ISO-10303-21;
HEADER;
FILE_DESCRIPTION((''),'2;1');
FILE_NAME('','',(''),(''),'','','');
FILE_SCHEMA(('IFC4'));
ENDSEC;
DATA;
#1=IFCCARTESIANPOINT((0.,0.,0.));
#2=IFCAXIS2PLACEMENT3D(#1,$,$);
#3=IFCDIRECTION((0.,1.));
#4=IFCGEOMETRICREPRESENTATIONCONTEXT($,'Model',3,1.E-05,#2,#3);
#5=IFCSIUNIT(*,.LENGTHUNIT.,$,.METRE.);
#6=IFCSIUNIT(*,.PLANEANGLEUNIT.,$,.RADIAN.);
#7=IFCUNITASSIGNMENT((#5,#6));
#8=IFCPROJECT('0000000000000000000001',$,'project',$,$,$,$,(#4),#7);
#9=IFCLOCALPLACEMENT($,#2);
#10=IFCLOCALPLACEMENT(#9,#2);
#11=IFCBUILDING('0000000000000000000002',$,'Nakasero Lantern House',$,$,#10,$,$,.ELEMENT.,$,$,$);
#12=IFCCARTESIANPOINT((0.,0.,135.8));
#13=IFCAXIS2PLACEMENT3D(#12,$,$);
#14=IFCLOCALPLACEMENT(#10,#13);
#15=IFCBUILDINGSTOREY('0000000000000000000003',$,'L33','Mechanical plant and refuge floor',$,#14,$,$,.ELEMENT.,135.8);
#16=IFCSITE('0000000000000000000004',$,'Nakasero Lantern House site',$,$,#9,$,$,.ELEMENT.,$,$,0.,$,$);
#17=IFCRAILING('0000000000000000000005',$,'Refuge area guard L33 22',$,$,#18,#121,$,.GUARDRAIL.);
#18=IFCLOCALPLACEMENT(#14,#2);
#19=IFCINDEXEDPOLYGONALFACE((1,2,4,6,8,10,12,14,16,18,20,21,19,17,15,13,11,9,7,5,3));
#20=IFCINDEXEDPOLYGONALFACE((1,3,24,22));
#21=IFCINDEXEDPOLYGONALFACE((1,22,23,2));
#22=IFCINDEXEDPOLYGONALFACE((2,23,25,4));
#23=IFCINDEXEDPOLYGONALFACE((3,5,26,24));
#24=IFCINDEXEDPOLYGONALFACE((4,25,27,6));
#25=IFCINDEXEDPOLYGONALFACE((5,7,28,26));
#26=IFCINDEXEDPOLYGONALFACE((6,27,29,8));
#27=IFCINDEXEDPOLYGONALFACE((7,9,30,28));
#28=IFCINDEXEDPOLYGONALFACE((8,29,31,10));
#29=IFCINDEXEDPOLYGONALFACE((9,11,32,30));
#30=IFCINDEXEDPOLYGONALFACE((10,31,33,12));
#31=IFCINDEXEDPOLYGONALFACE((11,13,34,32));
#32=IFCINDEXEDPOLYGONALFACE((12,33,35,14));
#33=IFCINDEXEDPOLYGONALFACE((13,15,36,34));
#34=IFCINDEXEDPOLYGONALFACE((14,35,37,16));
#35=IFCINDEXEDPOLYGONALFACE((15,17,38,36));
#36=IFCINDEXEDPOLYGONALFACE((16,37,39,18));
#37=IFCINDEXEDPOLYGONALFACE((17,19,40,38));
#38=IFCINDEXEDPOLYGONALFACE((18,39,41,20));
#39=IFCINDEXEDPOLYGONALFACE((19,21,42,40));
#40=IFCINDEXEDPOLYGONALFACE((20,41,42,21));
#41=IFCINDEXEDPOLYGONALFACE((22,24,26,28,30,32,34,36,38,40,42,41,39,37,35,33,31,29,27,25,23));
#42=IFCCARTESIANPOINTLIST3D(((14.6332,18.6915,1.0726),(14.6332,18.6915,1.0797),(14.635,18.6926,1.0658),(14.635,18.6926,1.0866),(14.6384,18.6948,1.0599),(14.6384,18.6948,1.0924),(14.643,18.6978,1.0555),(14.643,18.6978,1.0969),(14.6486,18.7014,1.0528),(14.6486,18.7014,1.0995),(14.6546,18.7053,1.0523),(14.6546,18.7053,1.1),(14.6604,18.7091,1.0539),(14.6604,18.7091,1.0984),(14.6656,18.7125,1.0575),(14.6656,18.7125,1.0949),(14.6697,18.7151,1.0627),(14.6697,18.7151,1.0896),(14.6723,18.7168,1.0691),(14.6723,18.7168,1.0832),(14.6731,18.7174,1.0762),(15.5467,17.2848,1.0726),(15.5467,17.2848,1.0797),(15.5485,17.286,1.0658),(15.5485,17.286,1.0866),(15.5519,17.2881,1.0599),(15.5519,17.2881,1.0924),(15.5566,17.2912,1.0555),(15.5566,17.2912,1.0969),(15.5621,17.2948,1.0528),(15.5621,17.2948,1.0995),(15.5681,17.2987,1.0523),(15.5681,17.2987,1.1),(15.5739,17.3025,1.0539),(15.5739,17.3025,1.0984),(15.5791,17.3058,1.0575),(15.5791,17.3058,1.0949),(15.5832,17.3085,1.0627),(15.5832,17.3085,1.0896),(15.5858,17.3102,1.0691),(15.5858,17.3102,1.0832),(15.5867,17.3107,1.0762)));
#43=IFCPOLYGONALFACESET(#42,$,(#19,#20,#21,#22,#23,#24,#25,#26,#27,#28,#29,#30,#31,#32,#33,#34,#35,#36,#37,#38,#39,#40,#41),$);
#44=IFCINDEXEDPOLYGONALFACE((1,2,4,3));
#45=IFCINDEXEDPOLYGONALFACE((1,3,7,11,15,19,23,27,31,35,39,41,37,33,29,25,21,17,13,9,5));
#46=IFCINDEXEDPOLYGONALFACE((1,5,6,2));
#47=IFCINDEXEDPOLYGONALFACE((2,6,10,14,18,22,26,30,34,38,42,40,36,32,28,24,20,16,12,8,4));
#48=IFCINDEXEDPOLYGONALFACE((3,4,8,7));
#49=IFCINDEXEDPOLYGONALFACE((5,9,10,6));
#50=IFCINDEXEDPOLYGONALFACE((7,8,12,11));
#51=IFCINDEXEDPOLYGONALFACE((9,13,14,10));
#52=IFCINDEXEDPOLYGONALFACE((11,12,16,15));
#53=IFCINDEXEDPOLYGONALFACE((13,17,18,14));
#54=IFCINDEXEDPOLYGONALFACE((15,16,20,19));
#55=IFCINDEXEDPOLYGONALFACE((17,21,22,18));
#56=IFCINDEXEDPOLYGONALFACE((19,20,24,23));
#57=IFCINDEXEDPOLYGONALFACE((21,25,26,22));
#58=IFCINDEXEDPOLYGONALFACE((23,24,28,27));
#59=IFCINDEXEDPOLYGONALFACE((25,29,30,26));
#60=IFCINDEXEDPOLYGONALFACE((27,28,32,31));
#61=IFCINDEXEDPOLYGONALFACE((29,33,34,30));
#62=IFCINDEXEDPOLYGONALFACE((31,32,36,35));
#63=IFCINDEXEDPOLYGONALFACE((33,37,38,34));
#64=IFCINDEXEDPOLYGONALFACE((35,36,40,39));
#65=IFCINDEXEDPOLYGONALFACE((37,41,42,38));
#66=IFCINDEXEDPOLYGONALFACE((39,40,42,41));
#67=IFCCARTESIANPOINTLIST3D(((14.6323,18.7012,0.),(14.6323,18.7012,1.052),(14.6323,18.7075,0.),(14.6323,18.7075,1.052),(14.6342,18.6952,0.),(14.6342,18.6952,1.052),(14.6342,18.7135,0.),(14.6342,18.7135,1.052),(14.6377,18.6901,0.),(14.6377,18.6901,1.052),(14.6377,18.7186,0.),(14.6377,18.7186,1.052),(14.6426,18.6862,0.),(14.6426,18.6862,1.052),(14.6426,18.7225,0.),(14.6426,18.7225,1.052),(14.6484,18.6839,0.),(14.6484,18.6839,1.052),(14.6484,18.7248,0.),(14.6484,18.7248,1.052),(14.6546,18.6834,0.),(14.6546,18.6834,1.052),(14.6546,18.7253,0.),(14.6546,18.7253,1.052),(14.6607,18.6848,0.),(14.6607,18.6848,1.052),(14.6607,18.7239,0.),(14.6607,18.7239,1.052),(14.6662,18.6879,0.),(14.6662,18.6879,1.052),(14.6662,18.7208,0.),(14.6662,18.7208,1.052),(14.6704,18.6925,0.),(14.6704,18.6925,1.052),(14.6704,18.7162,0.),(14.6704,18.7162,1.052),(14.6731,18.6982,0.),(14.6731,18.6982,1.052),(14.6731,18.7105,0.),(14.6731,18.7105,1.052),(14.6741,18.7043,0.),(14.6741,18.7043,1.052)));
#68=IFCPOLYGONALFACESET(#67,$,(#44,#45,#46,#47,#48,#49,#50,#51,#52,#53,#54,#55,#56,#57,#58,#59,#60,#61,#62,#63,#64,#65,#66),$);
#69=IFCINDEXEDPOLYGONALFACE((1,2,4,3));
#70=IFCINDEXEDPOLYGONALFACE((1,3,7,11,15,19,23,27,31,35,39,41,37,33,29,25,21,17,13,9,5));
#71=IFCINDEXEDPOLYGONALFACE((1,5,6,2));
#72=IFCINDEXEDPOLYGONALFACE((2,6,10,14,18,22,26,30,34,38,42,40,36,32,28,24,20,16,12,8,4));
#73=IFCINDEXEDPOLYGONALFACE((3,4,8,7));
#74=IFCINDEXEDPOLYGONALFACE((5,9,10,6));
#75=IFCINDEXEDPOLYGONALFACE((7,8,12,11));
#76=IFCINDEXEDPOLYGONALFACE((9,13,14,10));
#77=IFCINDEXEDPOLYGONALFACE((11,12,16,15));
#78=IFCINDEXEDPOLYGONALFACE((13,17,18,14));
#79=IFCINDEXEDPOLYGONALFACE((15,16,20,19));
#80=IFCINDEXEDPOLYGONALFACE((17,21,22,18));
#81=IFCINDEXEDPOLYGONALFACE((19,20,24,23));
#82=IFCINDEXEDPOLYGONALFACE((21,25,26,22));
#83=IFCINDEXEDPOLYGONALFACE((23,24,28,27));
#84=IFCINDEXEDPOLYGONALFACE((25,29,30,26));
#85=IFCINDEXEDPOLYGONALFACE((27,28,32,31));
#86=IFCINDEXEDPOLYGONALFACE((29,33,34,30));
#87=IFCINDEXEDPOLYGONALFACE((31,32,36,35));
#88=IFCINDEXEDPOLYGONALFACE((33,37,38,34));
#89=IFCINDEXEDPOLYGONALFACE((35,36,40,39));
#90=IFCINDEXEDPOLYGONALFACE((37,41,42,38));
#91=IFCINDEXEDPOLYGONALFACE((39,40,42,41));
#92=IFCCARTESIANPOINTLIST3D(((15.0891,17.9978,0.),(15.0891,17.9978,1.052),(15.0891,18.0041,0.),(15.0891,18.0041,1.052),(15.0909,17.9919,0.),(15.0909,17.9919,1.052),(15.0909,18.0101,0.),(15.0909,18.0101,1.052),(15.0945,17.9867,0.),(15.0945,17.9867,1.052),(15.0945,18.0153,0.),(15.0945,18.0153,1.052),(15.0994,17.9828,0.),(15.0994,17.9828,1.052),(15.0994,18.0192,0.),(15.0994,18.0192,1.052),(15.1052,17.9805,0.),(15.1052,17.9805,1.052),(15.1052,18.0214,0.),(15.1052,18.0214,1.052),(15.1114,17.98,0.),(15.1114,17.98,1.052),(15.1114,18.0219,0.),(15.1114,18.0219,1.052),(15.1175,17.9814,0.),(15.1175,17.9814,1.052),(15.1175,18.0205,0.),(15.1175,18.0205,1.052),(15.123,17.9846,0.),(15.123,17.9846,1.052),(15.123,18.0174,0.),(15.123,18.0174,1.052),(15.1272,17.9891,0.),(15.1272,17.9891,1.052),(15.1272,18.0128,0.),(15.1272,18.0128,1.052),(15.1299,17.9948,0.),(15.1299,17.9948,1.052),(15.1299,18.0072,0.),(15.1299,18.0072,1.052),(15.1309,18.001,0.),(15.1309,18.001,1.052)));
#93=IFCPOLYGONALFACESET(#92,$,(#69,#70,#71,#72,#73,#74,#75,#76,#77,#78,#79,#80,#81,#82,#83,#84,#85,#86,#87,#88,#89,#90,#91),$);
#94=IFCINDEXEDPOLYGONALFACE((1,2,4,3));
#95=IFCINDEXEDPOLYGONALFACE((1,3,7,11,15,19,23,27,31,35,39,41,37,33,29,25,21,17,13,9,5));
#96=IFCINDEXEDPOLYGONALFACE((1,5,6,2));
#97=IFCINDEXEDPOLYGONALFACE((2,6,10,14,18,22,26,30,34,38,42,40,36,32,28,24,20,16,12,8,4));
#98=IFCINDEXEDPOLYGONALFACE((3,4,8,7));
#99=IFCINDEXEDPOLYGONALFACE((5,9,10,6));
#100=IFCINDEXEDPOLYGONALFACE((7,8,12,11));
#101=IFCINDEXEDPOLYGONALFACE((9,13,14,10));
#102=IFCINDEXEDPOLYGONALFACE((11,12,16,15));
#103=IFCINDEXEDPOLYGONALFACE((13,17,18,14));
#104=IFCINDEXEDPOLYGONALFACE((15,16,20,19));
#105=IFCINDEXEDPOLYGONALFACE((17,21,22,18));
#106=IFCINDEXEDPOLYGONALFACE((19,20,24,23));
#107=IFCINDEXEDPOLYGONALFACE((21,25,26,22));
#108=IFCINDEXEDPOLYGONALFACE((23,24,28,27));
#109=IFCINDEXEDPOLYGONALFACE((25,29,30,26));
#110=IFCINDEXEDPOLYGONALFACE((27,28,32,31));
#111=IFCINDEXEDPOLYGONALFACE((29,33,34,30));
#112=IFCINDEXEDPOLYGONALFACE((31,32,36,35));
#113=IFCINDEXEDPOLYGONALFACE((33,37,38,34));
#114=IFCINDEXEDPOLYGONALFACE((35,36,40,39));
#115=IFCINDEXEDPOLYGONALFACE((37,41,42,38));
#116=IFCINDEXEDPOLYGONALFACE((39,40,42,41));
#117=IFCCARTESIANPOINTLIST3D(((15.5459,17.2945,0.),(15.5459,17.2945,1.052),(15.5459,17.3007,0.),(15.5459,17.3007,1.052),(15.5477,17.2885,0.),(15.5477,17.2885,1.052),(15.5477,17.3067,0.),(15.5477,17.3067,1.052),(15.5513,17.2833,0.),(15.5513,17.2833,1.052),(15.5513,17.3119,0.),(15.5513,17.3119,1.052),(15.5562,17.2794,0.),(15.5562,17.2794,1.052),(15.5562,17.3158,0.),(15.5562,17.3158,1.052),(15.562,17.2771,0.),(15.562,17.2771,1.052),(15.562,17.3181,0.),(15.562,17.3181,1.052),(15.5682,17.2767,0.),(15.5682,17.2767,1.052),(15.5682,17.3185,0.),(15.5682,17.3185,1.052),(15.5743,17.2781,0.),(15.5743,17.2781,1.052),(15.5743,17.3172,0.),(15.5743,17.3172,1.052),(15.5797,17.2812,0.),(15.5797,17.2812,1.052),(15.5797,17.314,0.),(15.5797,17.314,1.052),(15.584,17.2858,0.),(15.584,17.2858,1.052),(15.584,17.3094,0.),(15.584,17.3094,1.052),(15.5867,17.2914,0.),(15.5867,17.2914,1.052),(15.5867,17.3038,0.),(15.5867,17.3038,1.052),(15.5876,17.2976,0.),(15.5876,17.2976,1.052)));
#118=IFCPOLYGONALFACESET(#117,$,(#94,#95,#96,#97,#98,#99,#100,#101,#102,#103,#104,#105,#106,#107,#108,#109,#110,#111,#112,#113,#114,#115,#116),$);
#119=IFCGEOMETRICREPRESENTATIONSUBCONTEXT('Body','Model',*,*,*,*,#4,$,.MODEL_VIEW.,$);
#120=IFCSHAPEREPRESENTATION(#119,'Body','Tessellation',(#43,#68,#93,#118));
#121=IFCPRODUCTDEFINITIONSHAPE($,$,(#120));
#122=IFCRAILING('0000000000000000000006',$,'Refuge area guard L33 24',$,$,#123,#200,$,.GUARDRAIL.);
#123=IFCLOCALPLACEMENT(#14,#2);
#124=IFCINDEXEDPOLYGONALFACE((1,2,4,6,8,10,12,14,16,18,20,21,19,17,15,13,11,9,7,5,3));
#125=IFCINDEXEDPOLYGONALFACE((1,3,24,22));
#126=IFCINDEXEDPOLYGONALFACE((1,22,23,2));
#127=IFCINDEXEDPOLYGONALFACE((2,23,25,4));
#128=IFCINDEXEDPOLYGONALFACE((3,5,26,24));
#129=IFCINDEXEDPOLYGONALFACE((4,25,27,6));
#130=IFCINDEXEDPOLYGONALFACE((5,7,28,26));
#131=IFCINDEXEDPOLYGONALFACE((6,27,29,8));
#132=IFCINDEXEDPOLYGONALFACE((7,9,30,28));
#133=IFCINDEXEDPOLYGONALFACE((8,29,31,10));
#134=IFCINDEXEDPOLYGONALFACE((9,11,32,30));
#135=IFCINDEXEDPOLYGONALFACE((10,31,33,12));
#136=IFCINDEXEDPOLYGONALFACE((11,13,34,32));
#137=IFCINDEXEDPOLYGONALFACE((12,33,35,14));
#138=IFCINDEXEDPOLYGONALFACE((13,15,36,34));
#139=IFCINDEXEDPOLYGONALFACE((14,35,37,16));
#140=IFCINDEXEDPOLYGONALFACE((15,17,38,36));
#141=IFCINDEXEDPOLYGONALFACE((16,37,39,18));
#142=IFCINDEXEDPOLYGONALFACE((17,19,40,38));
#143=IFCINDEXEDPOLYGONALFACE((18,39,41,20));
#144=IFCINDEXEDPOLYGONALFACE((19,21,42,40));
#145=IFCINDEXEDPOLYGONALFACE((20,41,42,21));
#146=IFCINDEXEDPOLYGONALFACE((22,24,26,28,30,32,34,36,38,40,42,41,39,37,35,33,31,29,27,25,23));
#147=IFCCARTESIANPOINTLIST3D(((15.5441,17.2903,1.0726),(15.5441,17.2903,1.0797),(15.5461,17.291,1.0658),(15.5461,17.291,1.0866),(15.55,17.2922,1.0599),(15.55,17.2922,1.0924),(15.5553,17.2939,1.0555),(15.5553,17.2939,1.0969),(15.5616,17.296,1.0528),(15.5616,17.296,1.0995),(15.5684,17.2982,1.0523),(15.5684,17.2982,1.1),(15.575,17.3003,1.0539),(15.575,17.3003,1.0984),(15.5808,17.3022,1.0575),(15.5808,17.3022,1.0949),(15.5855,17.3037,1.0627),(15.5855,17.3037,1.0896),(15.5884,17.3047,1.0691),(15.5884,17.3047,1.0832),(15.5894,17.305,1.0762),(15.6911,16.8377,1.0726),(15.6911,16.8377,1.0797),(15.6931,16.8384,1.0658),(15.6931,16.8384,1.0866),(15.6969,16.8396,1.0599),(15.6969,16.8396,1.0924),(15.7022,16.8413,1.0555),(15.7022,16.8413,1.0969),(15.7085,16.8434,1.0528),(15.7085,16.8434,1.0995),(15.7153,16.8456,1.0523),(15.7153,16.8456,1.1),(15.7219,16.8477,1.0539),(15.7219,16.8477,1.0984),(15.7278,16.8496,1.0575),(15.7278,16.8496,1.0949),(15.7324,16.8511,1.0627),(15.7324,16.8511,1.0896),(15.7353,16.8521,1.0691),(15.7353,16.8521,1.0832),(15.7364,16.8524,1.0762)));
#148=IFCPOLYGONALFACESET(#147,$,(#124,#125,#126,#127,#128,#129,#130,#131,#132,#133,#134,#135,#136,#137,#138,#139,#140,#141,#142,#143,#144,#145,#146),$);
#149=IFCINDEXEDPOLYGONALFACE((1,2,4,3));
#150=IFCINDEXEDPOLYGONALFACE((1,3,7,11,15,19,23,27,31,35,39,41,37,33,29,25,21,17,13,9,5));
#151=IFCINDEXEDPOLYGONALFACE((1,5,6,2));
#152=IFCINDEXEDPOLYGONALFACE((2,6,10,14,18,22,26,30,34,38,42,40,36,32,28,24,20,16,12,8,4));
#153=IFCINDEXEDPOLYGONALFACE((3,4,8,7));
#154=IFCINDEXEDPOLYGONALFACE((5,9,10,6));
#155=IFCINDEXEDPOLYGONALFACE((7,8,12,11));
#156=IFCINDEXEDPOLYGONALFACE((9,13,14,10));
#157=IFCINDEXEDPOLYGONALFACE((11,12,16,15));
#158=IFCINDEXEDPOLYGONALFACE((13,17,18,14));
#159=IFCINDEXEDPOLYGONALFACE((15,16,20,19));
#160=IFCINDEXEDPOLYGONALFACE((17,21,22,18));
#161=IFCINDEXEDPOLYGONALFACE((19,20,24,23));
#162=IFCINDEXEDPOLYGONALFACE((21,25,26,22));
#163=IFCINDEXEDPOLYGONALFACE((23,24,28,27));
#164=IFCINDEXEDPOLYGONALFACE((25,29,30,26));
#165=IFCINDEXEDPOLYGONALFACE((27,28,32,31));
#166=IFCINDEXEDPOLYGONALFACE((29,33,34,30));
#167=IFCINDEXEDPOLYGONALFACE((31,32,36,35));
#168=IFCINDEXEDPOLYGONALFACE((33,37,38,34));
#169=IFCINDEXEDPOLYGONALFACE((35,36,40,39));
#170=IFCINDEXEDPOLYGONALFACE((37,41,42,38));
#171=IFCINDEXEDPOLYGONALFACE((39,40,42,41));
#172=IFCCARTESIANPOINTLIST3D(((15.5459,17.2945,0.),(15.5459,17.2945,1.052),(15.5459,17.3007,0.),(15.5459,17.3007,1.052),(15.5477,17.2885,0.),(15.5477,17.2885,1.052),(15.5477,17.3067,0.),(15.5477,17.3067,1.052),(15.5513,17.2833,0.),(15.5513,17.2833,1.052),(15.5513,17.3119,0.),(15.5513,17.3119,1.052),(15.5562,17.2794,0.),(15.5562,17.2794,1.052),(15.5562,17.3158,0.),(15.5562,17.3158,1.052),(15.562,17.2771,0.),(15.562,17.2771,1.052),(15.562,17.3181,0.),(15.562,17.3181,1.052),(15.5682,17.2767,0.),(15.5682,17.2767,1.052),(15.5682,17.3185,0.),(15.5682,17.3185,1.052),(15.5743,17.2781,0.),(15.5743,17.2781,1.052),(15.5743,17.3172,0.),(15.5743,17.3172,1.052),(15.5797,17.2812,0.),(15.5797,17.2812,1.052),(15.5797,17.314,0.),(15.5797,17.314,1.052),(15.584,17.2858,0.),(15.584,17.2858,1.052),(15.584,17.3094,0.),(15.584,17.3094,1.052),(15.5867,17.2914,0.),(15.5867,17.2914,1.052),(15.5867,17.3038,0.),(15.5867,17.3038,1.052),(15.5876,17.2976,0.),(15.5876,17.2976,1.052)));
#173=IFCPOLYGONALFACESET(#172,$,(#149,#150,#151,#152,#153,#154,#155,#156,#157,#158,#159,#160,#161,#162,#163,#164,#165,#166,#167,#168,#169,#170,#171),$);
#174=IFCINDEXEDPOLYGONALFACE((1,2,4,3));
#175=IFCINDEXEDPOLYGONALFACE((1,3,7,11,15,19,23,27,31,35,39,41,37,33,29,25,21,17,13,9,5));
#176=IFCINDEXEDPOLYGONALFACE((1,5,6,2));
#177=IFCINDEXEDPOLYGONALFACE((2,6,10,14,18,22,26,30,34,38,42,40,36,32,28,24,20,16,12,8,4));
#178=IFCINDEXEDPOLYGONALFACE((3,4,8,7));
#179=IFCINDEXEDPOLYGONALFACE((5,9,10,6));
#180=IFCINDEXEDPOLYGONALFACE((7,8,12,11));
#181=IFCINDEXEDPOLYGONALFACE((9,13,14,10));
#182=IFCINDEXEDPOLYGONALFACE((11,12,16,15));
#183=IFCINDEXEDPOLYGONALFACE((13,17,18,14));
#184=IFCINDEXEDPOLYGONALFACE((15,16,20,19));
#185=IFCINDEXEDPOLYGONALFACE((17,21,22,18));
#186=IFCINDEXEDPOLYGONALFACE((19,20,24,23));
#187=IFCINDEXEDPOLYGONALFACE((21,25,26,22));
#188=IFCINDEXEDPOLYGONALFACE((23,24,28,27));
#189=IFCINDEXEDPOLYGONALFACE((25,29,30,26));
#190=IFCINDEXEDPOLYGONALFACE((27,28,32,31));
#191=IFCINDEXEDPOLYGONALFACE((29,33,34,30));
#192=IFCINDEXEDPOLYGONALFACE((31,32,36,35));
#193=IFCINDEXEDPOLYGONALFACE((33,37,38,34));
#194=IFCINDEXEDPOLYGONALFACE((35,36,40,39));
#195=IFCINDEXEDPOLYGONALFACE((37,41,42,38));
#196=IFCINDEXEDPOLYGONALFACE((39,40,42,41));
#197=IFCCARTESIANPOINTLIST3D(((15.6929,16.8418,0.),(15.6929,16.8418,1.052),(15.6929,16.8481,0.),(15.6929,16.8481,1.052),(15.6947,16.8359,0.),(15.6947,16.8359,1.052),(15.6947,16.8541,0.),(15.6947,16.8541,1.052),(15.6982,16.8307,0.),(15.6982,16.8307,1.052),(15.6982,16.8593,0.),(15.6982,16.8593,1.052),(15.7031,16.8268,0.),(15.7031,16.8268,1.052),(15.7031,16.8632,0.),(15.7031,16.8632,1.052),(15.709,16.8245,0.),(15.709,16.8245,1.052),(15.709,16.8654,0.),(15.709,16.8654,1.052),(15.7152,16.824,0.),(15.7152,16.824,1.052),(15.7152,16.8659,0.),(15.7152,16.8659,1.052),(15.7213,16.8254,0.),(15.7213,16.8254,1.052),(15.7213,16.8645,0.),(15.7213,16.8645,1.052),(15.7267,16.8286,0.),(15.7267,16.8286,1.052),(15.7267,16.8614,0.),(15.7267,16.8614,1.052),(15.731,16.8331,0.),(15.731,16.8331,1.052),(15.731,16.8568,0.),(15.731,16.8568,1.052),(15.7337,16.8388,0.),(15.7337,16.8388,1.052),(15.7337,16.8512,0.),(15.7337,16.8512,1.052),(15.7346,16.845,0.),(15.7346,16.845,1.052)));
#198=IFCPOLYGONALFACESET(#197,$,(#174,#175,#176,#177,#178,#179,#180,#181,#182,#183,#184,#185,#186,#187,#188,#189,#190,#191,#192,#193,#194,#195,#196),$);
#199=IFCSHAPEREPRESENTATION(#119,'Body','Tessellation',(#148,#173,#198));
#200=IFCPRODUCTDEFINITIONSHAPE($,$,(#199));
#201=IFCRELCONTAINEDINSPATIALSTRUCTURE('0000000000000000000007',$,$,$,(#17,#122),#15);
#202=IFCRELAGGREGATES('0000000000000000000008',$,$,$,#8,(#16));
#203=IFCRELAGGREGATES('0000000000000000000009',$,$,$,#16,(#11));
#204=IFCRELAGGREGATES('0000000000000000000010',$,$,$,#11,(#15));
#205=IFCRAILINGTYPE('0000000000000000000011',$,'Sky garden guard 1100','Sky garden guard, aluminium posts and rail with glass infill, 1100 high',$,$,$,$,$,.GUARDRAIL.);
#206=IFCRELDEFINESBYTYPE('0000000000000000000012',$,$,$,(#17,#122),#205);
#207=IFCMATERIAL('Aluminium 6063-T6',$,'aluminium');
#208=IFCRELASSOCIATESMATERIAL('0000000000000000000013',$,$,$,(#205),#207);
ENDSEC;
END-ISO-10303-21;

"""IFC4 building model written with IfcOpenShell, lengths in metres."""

from ifc_helpers import new_model, si_unit, direction, frame, origin, origin_2d, place, context, subcontext, project, spatial, circle, extrude, material, type_object, element, save


model = new_model("IFC4")

# Units and contexts
model_context = context("Model", 3, precision=1e-05, world=origin(), true_north=direction((0.0, 1.0)))
body_context = subcontext(model_context, "Body", "Model", "MODEL_VIEW")
ifc_project = project(units=[si_unit("LENGTHUNIT", "METRE"), si_unit("PLANEANGLEUNIT", "RADIAN")], contexts=[model_context])

# Site, building, storey
site_placement = place(None, origin())
site = spatial("IfcSite", under=ifc_project, at=site_placement, Name="Nakasero Lantern House site", CompositionType="ELEMENT", RefElevation=0.0)
building_placement = place(site_placement, origin())
building = spatial("IfcBuilding", under=site, at=building_placement, Name="Nakasero Lantern House", CompositionType="ELEMENT")
storey_placement = place(building_placement, frame((0.0, 0.0, 135.8)))
storey = spatial("IfcBuildingStorey", under=building, at=storey_placement, Name="L33", Description="Mechanical plant and refuge floor", CompositionType="ELEMENT", Elevation=135.8)

# Railings
ifc_material_1 = material(Name="Aluminium 6063-T6", Category="aluminium")
railing_type = type_object("IfcRailingType", Name="Sky garden guard 1100", Description="Sky garden guard, aluminium posts and rail with glass infill, 1100 high", PredefinedType="GUARDRAIL", material=ifc_material_1)
railing_1_placement = place(storey_placement, frame((14.6531, 18.7043, 0.0)))
element("IfcRailing", 1, at=railing_1_placement, inside=storey, type_object=railing_type, Name="Refuge area guard L33 22", PredefinedType="GUARDRAIL", context=body_context, shape_type="SweptSolid", body=[
    extrude(circle(Radius=0.0239, at=origin_2d()), frame((0.0, 0.0, 1.0762), z_axis=(0.544651, -0.838663, 0.0), x_axis=(0.838663, 0.544651, 0.0)), (0.0, 0.0, 1.0), 1.6772),
    extrude(circle(Radius=0.021, at=origin_2d()), origin(), (0.0, 0.0, 1.0), 1.052),
    extrude(circle(Radius=0.021, at=origin_2d()), frame((0.4568, -0.7034, 0.0)), (0.0, 0.0, 1.0), 1.052),
    extrude(circle(Radius=0.021, at=origin_2d()), frame((0.9136, -1.4067, 0.0)), (0.0, 0.0, 1.0), 1.052),
])
railing_2_placement = place(storey_placement, frame((15.5667, 17.2976, 0.0)))
element("IfcRailing", 2, at=railing_2_placement, inside=storey, type_object=railing_type, Name="Refuge area guard L33 24", PredefinedType="GUARDRAIL", context=body_context, shape_type="SweptSolid", body=[
    extrude(circle(Radius=0.0239, at=origin_2d()), frame((0.0, 0.0, 1.0762), z_axis=(0.308831, -0.951117, 0.0), x_axis=(0.951117, 0.308831, 0.0)), (0.0, 0.0, 1.0), 0.4758),
    extrude(circle(Radius=0.021, at=origin_2d()), origin(), (0.0, 0.0, 1.0), 1.052),
    extrude(circle(Radius=0.021, at=origin_2d()), frame((0.147, -0.4526, 0.0)), (0.0, 0.0, 1.0), 1.052),
])

save(model, "model.ifc")
